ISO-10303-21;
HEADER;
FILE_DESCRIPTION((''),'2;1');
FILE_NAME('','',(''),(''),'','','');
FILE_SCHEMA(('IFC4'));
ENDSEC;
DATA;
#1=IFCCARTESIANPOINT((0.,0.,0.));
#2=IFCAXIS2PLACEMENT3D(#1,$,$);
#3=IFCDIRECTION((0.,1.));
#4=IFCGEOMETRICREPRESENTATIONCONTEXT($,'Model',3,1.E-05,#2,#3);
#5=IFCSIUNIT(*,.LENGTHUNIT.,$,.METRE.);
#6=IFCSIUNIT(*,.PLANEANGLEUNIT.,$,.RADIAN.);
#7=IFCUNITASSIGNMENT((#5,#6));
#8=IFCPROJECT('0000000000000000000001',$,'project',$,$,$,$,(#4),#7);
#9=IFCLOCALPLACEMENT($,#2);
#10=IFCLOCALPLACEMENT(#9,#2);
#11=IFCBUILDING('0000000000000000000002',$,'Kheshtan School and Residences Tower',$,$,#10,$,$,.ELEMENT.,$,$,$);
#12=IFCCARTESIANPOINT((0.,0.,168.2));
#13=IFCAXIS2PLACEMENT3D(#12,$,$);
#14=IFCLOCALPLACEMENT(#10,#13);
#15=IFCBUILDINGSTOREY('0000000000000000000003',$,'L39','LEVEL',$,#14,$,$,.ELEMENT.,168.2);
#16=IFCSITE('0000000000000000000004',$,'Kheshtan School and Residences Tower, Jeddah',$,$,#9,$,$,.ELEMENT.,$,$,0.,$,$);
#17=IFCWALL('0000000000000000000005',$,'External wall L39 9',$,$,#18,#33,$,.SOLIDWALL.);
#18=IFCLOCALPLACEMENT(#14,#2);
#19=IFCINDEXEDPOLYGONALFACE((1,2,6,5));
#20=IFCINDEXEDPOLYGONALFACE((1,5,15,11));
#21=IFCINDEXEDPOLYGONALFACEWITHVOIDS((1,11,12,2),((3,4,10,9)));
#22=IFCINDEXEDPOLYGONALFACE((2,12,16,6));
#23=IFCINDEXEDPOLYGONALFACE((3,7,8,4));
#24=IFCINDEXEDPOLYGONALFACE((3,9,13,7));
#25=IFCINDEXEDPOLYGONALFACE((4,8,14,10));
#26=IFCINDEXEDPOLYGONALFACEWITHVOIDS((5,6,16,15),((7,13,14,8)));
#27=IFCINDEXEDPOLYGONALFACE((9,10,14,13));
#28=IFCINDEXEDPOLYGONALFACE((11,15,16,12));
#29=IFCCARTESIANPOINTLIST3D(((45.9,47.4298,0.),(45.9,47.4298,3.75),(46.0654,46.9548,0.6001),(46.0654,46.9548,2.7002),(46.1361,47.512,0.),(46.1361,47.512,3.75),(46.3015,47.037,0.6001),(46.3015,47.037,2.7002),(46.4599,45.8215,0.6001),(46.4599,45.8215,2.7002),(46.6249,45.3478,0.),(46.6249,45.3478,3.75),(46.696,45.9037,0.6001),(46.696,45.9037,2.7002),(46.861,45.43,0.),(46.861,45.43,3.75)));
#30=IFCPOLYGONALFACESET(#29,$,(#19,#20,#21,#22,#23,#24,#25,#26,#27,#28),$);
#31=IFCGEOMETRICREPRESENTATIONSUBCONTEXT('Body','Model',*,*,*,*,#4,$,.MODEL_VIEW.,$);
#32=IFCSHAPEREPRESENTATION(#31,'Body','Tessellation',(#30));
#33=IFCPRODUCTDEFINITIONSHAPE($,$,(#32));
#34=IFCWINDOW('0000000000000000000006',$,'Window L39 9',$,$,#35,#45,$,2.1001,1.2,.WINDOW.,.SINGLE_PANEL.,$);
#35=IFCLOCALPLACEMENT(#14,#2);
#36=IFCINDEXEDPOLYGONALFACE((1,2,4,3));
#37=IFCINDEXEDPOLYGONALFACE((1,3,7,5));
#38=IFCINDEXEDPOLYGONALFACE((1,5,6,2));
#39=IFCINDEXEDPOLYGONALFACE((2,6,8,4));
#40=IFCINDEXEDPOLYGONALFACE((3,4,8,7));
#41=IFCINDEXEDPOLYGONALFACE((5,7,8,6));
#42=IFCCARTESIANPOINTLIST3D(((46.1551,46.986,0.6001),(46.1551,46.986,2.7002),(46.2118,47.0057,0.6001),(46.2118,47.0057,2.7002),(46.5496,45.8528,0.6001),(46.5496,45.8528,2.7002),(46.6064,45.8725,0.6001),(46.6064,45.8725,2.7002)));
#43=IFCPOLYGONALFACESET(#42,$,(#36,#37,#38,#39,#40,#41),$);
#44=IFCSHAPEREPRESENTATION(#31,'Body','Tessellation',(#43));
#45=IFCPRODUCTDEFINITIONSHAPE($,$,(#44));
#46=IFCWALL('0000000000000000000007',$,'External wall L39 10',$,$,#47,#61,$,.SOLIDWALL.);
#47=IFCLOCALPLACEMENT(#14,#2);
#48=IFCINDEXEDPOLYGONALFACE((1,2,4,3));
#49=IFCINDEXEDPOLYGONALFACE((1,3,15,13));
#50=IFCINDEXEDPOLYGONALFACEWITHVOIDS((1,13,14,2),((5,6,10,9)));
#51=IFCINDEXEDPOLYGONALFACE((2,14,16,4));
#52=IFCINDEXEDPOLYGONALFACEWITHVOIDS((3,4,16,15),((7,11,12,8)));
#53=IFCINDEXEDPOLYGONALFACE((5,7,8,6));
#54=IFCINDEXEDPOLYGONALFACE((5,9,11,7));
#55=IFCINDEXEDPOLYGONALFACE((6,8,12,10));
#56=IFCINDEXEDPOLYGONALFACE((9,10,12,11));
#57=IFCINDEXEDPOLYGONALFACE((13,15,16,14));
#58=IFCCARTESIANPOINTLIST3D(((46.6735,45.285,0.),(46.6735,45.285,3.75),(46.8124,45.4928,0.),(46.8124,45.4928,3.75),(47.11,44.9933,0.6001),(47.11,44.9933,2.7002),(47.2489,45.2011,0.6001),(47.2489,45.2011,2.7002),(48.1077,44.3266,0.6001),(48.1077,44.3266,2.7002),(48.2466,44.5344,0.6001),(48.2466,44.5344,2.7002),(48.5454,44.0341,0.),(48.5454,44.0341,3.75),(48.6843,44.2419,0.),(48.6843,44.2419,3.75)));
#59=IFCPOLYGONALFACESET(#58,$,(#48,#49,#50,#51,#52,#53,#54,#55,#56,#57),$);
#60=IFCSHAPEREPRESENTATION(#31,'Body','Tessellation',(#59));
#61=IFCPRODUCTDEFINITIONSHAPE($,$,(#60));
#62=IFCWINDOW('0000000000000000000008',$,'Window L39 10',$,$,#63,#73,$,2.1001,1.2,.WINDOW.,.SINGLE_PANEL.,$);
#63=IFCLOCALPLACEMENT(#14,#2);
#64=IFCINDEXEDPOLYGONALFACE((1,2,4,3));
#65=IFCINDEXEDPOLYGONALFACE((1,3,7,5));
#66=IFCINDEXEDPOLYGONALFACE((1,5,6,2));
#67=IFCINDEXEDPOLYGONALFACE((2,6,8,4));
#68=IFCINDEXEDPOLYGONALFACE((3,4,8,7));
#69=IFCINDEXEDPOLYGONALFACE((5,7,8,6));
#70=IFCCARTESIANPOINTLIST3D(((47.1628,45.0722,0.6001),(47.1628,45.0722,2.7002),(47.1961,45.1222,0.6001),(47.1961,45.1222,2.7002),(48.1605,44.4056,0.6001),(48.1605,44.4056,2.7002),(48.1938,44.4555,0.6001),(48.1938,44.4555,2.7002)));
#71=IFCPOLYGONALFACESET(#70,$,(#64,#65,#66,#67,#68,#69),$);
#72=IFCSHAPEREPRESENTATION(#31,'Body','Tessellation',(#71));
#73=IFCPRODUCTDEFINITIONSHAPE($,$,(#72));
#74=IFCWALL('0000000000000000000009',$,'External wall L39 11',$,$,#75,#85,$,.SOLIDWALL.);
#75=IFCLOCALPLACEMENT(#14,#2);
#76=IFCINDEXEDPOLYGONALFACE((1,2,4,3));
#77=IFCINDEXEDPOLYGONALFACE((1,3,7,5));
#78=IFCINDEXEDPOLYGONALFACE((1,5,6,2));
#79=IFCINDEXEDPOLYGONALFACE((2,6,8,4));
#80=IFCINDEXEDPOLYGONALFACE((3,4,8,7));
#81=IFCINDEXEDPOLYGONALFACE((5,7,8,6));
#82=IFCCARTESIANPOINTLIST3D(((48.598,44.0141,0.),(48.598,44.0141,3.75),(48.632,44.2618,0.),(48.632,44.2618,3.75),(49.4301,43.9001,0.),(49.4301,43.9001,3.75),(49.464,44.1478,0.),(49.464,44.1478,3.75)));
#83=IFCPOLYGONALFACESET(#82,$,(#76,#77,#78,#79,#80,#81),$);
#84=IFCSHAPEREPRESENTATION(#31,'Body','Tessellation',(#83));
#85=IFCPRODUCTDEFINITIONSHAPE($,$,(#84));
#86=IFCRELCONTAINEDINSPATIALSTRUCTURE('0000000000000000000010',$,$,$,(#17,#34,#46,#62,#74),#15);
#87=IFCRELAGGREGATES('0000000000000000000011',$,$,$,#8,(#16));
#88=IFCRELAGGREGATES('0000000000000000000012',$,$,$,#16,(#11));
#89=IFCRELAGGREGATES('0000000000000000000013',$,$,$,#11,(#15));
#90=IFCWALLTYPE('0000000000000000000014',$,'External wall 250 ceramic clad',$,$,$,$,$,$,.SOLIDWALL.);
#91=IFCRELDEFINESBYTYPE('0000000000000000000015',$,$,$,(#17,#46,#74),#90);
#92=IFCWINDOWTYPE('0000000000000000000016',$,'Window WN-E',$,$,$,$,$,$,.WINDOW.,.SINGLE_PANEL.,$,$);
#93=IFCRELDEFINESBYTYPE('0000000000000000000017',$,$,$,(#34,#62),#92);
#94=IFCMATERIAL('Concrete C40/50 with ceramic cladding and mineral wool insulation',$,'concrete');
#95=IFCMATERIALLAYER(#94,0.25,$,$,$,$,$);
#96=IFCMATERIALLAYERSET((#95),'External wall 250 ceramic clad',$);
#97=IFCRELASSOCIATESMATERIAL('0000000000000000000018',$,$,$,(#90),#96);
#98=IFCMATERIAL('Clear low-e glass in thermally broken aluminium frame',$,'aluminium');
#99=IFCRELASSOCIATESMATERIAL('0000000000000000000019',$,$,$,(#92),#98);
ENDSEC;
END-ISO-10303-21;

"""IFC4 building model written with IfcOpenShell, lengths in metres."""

from ifc_helpers import new_model, si_unit, direction, frame, frame_2d, origin, place, context, subcontext, project, spatial, rectangle, extrude, source, transform, mapped, material, layer, layer_set, type_object, element, fill, save


model = new_model("IFC4")

# Units and contexts
model_context = context("Model", 3, precision=1e-05, world=origin(), true_north=direction((0.0, 1.0)))
body_context = subcontext(model_context, "Body", "Model", "MODEL_VIEW")
ifc_project = project(units=[si_unit("LENGTHUNIT", "METRE"), si_unit("PLANEANGLEUNIT", "RADIAN")], contexts=[model_context])

# Site, building, storey
site_placement = place(None, origin())
site = spatial("IfcSite", under=ifc_project, at=site_placement, Name="Kheshtan School and Residences Tower, Jeddah", CompositionType="ELEMENT", RefElevation=0.0)
building_placement = place(site_placement, origin())
building = spatial("IfcBuilding", under=site, at=building_placement, Name="Kheshtan School and Residences Tower", CompositionType="ELEMENT")
storey_placement = place(building_placement, frame((0.0, 0.0, 168.2)))
storey = spatial("IfcBuildingStorey", under=building, at=storey_placement, Name="L39", Description="LEVEL", CompositionType="ELEMENT", Elevation=168.2)

# Shared definitions
ifc_material_1 = material(Name="Clear low-e glass in thermally broken aluminium frame", Category="aluminium")

# Walls, openings, windows
ifc_material_2 = material(Name="Concrete C40/50 with ceramic cladding and mineral wool insulation", Category="concrete")
ifc_layer_1 = layer(ifc_material_2, 0.25)
ifc_layer_set_1 = layer_set([ifc_layer_1], Name="External wall 250 ceramic clad")
wall_type = type_object("IfcWallType", Name="External wall 250 ceramic clad", PredefinedType="SOLIDWALL", material=ifc_layer_set_1)
wall_1_placement = place(storey_placement, frame((46.0181, 47.4709, 0.0), z_axis=(0.0, 0.0, 1.0), x_axis=(0.328791, -0.944403, 0.0)))
wall_1 = element("IfcWall", 1, at=wall_1_placement, inside=storey, type_object=wall_type, Name="External wall L39 9", PredefinedType="SOLIDWALL", context=body_context, shape_type="SweptSolid", body=[
    extrude(rectangle(XDim=2.2046, YDim=0.25, at=frame_2d((1.1023, 0.0))), origin(), (0.0, 0.0, 1.0), 3.75),
])
opening_1_placement = place(wall_1_placement, frame((0.5029, 0.0, 0.6001)))
opening_1 = element("IfcOpeningElement", 2, at=opening_1_placement, cuts=wall_1, PredefinedType="OPENING", context=body_context, shape_type="SweptSolid", body=[
    extrude(rectangle(XDim=1.2, YDim=2.1001, at=frame_2d((0.6001, 1.05))), frame((0.0, 0.135, 0.0), z_axis=(0.0, -1.0, 0.0), x_axis=(1.0, 0.0, 0.0)), (0.0, 0.0, 1.0), 0.27),
])
window_type = type_object("IfcWindowType", Name="Window WN-E", PartitioningType="SINGLE_PANEL", PredefinedType="WINDOW", material=ifc_material_1)
shared_shape = source(origin(), body_context, "Body", "SweptSolid", [
    extrude(rectangle(XDim=1.2, YDim=2.1001, at=frame_2d((0.6001, 1.05))), frame((0.0, 0.03, 0.0), z_axis=(0.0, -1.0, 0.0), x_axis=(1.0, 0.0, 0.0)), (0.0, 0.0, 1.0), 0.0601),
])
window_1_placement = place(opening_1_placement, origin())
window_1 = element("IfcWindow", 3, at=window_1_placement, inside=storey, type_object=window_type, Name="Window L39 9", OverallHeight=2.1001, OverallWidth=1.2, PartitioningType="SINGLE_PANEL", PredefinedType="WINDOW", context=body_context, shape_type="MappedRepresentation", body=[
    mapped(shared_shape, transform((0.0, 0.0, 0.0), x_axis=(1.0, 0.0, 0.0), y_axis=(0.0, 1.0, 0.0), z_axis=(0.0, 0.0, 1.0), scale=1.0)),
])
fill(opening_1, window_1)
wall_2_placement = place(storey_placement, frame((46.7429, 45.3889, 0.0), z_axis=(0.0, 0.0, 1.0), x_axis=(0.831449, -0.555601, 0.0)))
wall_2 = element("IfcWall", 4, at=wall_2_placement, inside=storey, type_object=wall_type, Name="External wall L39 10", PredefinedType="SOLIDWALL", context=body_context, shape_type="SweptSolid", body=[
    extrude(rectangle(XDim=2.2515, YDim=0.25, at=frame_2d((1.1257, 0.0))), origin(), (0.0, 0.0, 1.0), 3.75),
])
opening_2_placement = place(wall_2_placement, frame((0.5249, 0.0, 0.6001)))
opening_2 = element("IfcOpeningElement", 5, at=opening_2_placement, cuts=wall_2, PredefinedType="OPENING", context=body_context, shape_type="SweptSolid", body=[
    extrude(rectangle(XDim=1.2, YDim=2.1001, at=frame_2d((0.6001, 1.05))), frame((0.0, 0.135, 0.0), z_axis=(0.0, -1.0, 0.0), x_axis=(1.0, 0.0, 0.0)), (0.0, 0.0, 1.0), 0.27),
])
window_2_placement = place(opening_2_placement, origin())
window_2 = element("IfcWindow", 6, at=window_2_placement, inside=storey, type_object=window_type, Name="Window L39 10", OverallHeight=2.1001, OverallWidth=1.2, PartitioningType="SINGLE_PANEL", PredefinedType="WINDOW", context=body_context, shape_type="MappedRepresentation", body=[
    mapped(shared_shape, transform((0.0, 0.0, 0.0), x_axis=(1.0, 0.0, 0.0), y_axis=(0.0, 1.0, 0.0), z_axis=(0.0, 0.0, 1.0), scale=1.0)),
])
fill(opening_2, window_2)

# Wall
wall_3_placement = place(storey_placement, frame((48.615, 44.1379, 0.0), z_axis=(0.0, 0.0, 1.0), x_axis=(0.990742, -0.135762, 0.0)))
element("IfcWall", 7, at=wall_3_placement, inside=storey, type_object=wall_type, Name="External wall L39 11", PredefinedType="SOLIDWALL", context=body_context, shape_type="SweptSolid", body=[
    extrude(rectangle(XDim=0.8398, YDim=0.25, at=frame_2d((0.4199, 0.0))), origin(), (0.0, 0.0, 1.0), 3.75),
])

save(model, "model.ifc")
